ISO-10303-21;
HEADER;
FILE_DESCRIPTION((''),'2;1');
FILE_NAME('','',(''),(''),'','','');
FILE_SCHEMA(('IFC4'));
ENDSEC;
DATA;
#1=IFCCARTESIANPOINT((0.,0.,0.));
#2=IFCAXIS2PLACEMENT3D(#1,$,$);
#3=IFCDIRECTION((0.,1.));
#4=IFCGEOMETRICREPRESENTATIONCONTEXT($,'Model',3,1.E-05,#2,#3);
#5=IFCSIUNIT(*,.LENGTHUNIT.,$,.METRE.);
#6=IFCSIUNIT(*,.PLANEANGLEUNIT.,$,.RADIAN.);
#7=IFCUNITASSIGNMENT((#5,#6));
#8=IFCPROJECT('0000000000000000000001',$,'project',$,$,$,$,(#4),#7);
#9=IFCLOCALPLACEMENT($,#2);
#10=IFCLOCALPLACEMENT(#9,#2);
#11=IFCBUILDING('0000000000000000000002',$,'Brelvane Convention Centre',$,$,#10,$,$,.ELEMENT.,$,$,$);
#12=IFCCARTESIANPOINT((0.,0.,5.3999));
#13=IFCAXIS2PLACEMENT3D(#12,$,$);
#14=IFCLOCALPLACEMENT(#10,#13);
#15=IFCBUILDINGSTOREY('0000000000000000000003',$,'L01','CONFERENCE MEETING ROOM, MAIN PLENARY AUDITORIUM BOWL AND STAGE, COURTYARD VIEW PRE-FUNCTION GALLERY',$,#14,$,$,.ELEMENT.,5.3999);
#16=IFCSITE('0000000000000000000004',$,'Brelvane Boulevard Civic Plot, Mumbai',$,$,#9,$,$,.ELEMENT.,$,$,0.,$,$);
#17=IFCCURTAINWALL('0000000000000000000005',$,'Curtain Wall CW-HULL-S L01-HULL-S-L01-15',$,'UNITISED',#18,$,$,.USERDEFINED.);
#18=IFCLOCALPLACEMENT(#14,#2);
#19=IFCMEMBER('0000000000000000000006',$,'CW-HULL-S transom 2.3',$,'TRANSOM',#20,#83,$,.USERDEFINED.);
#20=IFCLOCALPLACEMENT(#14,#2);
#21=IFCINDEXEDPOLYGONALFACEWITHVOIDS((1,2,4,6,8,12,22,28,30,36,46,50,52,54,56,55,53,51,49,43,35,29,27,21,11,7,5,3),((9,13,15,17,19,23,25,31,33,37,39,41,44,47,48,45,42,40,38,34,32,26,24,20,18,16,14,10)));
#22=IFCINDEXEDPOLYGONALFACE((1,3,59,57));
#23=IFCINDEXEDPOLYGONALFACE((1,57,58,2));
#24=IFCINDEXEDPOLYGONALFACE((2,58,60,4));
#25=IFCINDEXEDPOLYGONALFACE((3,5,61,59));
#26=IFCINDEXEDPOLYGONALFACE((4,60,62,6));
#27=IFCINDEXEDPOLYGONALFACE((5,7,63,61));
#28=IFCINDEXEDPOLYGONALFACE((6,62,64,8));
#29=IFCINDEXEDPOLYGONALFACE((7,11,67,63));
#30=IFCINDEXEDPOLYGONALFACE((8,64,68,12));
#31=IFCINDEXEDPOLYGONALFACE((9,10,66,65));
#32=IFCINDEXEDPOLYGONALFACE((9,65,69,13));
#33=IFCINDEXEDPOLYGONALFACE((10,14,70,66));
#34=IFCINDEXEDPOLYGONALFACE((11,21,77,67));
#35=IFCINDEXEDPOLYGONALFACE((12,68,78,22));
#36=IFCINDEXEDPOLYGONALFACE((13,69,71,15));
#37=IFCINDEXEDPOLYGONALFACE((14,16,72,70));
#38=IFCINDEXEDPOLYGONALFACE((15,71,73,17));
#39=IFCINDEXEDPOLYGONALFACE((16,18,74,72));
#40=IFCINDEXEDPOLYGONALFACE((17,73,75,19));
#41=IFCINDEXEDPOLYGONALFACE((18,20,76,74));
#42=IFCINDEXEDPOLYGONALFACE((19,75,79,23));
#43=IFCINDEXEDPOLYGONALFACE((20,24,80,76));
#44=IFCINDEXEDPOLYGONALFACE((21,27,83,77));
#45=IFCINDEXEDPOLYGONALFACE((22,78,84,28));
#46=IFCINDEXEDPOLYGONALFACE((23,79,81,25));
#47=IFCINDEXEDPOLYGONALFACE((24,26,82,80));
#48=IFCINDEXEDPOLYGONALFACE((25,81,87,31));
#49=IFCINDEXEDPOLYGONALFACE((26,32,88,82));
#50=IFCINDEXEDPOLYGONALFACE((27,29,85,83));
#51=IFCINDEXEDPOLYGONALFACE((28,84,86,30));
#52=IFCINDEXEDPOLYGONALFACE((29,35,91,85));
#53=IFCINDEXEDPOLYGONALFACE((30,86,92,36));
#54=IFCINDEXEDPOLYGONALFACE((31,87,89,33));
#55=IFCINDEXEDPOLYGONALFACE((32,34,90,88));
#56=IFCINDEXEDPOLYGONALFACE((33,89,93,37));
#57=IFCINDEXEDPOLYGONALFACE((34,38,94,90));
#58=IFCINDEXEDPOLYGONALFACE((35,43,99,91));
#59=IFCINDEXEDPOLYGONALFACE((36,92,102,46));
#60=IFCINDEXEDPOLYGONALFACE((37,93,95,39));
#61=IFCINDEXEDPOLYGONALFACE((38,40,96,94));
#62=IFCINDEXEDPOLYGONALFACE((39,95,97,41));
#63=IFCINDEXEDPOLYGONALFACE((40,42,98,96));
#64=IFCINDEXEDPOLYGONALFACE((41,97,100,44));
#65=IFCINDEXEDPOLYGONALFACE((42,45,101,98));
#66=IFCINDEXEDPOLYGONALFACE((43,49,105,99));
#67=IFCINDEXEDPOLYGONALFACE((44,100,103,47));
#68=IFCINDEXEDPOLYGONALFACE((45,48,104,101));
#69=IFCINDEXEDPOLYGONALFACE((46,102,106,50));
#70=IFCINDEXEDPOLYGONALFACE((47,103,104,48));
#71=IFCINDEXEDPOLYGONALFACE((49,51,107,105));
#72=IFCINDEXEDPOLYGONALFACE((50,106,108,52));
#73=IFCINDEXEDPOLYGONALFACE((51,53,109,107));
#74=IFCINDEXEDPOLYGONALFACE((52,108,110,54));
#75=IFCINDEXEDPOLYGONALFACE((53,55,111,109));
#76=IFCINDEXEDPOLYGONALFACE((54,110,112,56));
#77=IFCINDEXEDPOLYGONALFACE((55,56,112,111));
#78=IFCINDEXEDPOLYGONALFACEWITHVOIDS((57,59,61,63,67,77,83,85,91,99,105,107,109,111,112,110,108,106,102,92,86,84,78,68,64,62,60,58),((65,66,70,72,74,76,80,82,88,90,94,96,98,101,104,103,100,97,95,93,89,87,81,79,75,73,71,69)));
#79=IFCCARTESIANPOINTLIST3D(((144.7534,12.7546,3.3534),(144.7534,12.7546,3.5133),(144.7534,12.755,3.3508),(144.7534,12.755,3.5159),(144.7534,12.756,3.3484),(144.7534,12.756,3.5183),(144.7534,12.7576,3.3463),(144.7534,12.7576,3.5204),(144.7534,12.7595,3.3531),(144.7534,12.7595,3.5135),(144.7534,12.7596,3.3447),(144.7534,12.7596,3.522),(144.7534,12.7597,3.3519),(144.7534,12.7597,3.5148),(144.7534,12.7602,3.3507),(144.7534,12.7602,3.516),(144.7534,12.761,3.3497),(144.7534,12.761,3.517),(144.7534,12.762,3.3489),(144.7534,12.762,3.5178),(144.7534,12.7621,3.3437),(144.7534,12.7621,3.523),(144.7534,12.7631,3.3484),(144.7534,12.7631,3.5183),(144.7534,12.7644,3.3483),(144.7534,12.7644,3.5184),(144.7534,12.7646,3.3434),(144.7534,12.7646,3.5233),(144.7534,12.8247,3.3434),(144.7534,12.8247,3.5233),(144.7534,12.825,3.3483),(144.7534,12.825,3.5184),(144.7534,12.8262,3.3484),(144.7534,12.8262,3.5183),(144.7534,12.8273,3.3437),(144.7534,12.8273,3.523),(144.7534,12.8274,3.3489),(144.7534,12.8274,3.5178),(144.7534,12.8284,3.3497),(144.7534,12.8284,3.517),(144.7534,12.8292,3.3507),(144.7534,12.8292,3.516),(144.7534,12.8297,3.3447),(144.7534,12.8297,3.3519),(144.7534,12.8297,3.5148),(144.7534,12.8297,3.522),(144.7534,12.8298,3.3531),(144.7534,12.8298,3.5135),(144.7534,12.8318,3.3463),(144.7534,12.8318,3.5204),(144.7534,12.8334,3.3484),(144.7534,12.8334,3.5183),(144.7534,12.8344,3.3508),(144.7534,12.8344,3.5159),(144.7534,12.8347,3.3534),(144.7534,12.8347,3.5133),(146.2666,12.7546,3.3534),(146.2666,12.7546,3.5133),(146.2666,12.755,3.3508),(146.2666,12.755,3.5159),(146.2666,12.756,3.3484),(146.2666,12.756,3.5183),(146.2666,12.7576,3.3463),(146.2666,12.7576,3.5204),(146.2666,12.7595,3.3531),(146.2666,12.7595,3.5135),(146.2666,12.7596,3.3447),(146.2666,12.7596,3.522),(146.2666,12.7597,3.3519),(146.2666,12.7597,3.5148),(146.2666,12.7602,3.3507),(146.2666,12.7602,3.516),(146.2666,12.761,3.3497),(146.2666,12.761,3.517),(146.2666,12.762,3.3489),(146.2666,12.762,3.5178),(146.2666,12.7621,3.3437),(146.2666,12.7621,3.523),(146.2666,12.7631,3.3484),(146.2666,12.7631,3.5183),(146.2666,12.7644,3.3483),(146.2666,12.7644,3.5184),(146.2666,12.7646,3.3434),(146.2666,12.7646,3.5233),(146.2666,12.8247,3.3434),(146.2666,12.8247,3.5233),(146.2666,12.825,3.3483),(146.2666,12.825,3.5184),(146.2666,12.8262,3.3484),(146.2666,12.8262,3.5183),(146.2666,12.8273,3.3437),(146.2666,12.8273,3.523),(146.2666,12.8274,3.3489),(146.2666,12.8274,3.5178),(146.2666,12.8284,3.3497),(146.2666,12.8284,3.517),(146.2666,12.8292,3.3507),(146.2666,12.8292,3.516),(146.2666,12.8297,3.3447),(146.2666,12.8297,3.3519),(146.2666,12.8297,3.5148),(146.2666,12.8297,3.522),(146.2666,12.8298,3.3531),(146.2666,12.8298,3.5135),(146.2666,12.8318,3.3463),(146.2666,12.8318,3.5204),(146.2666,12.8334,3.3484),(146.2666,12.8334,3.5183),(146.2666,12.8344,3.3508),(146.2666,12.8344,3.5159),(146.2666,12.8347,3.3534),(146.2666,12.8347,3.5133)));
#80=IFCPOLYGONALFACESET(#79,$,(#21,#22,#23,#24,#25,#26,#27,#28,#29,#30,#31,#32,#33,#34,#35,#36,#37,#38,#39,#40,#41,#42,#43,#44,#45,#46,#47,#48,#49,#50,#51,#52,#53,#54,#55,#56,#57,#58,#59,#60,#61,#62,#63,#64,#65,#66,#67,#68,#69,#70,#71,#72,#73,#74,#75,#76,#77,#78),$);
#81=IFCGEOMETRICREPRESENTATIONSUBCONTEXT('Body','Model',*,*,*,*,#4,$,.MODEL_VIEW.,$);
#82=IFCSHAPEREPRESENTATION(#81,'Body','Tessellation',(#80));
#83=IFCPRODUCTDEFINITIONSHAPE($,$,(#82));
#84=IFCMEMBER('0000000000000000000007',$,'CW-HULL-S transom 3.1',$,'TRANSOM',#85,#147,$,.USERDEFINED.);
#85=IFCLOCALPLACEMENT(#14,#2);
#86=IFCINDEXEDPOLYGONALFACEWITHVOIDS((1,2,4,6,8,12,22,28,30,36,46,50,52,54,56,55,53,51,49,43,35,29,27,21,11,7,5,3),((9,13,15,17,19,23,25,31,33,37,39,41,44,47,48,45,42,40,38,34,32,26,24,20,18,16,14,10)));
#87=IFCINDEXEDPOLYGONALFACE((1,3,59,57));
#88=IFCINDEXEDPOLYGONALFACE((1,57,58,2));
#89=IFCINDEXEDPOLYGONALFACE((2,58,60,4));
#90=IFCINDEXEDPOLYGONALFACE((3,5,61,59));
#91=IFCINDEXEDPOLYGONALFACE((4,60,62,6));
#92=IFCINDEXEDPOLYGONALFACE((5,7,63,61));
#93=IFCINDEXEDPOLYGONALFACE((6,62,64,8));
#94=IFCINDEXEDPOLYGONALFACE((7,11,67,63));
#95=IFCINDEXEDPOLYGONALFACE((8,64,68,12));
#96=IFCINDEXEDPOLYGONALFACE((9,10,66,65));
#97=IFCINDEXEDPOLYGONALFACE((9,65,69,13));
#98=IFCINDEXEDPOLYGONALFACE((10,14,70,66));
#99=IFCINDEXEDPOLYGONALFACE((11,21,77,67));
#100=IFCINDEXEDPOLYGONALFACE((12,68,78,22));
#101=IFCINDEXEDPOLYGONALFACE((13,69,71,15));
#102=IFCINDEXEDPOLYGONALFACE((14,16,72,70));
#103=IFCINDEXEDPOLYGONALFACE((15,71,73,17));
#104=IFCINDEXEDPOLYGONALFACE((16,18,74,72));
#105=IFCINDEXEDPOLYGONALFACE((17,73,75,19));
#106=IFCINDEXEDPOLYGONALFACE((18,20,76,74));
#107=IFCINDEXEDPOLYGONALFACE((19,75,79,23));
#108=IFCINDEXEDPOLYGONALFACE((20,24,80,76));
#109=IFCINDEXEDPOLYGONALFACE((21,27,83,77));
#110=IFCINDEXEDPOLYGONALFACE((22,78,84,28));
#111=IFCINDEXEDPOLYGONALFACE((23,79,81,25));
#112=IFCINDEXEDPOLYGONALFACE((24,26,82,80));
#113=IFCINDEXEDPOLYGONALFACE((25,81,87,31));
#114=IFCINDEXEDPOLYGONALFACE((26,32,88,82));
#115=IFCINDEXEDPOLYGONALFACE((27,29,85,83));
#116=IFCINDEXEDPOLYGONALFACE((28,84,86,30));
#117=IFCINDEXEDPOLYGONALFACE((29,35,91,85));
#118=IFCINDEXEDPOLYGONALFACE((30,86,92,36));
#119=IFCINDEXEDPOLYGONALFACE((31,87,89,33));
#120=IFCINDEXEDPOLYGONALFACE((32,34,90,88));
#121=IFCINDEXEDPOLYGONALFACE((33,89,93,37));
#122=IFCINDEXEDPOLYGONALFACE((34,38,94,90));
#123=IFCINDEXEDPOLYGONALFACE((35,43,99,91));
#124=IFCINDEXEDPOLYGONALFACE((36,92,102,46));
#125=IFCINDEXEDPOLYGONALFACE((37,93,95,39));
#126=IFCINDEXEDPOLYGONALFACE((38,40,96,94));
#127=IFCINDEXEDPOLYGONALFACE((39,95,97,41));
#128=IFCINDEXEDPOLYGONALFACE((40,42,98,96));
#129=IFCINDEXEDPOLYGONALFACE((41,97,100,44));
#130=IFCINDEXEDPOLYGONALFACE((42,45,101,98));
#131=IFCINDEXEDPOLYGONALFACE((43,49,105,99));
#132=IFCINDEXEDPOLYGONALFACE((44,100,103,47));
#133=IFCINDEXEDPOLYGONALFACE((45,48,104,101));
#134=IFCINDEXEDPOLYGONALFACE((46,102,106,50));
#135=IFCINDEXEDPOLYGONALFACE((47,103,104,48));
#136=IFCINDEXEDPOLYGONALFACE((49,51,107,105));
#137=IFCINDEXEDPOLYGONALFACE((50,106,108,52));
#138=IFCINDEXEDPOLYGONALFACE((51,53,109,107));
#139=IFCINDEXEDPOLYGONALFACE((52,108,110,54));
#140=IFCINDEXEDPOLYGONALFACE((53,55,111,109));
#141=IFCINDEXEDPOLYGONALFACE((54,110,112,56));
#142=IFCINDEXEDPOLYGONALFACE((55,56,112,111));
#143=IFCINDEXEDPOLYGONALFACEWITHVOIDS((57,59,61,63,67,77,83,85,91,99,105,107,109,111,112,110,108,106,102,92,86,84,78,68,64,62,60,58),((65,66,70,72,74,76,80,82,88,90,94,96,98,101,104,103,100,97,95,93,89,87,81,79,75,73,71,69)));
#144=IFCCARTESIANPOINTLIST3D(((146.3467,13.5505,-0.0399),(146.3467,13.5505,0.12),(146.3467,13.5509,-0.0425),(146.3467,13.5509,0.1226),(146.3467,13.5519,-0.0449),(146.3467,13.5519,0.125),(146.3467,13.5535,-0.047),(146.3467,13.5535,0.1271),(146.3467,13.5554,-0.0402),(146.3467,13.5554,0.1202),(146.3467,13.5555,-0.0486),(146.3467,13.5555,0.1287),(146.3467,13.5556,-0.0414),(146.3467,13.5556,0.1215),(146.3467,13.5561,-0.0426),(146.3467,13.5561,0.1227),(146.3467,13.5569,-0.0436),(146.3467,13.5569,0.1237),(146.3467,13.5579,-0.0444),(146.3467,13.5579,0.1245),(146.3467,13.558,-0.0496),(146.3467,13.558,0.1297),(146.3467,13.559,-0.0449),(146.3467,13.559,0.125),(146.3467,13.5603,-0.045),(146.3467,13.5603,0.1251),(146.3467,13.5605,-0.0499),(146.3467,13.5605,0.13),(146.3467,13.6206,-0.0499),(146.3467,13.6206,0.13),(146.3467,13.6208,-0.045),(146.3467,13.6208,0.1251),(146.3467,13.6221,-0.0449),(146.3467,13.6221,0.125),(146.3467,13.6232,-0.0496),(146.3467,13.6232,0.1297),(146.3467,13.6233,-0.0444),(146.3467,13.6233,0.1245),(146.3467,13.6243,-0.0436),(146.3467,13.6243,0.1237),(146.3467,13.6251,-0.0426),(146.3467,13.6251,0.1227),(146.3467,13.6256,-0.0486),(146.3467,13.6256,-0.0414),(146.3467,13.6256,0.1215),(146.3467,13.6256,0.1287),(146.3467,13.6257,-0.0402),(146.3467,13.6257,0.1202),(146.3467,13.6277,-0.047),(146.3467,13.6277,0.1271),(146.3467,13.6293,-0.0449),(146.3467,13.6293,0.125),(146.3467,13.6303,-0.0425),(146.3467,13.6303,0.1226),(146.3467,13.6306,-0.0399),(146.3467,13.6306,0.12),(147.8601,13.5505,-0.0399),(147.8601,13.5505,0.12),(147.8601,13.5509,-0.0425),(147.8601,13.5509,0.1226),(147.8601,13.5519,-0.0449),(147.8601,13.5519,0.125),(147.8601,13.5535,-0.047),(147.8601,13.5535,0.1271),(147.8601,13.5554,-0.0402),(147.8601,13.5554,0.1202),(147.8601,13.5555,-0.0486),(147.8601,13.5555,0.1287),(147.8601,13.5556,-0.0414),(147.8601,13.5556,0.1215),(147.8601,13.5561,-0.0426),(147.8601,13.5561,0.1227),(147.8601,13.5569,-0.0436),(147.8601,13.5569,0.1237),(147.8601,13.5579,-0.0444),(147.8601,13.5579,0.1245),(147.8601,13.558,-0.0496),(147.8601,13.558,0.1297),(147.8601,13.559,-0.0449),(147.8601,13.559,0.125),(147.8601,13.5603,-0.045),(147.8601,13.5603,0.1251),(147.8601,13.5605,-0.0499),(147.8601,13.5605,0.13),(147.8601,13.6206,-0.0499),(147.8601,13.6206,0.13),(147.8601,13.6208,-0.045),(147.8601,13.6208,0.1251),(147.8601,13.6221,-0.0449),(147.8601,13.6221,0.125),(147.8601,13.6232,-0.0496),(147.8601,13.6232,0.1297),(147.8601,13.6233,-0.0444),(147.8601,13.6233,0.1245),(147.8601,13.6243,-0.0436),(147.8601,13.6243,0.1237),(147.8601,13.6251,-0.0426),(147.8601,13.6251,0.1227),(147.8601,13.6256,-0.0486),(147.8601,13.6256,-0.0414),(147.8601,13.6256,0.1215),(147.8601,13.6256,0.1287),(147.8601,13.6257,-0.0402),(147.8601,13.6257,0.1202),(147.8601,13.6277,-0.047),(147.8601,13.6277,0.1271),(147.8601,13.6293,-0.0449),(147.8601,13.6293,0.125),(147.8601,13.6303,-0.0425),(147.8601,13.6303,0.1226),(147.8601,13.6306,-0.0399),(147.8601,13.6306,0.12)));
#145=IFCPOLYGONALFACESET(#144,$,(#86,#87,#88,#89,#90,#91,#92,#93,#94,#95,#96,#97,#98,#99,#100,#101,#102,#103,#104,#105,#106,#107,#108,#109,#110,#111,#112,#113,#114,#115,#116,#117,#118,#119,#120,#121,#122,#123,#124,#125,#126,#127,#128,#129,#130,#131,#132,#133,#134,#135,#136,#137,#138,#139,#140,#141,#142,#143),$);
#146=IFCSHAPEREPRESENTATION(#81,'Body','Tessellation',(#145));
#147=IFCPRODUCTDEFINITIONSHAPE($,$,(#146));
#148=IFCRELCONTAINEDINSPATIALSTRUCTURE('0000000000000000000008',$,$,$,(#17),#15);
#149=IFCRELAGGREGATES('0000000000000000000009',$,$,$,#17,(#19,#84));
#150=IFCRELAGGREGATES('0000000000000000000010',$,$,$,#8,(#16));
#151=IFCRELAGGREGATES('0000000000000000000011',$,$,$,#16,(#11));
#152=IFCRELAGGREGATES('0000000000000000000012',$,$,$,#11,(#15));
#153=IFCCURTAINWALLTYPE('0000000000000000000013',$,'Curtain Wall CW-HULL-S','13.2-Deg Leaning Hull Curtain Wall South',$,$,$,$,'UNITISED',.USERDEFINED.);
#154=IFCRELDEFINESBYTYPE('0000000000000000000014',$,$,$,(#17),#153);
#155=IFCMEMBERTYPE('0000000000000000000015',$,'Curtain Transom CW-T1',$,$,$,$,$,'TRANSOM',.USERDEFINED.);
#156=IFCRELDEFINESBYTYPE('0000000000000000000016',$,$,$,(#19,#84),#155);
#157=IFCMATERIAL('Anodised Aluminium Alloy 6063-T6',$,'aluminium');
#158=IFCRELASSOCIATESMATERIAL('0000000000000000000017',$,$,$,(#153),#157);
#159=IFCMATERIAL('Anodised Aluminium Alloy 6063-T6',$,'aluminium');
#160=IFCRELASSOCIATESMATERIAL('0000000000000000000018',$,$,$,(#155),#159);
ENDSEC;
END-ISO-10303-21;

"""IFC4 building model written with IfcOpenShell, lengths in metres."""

from ifc_helpers import new_model, si_unit, direction, frame, origin, origin_2d, place, context, subcontext, project, spatial, hollow_rectangle, extrude, material, material_profile, profile_set, type_object, element, aggregate, save


model = new_model("IFC4")

# Units and contexts
model_context = context("Model", 3, precision=1e-05, world=origin(), true_north=direction((0.0, 1.0)))
body_context = subcontext(model_context, "Body", "Model", "MODEL_VIEW")
ifc_project = project(units=[si_unit("LENGTHUNIT", "METRE"), si_unit("PLANEANGLEUNIT", "RADIAN")], contexts=[model_context])

# Site, building, storey
site_placement = place(None, origin())
site = spatial("IfcSite", under=ifc_project, at=site_placement, Name="Brelvane Boulevard Civic Plot, Mumbai", CompositionType="ELEMENT", RefElevation=0.0)
building_placement = place(site_placement, origin())
building = spatial("IfcBuilding", under=site, at=building_placement, Name="Brelvane Convention Centre", CompositionType="ELEMENT")
storey_placement = place(building_placement, frame((0.0, 0.0, 5.3999)))
storey = spatial("IfcBuildingStorey", under=building, at=storey_placement, Name="L01", Description="CONFERENCE MEETING ROOM, MAIN PLENARY AUDITORIUM BOWL AND STAGE, COURTYARD VIEW PRE-FUNCTION GALLERY", CompositionType="ELEMENT", Elevation=5.3999)

# Curtain wall, members
ifc_material_1 = material(Name="Anodised Aluminium Alloy 6063-T6", Category="aluminium")
curtain_wall_type = type_object("IfcCurtainWallType", Name="Curtain Wall CW-HULL-S", Description="13.2-Deg Leaning Hull Curtain Wall South", ElementType="UNITISED", PredefinedType="USERDEFINED", material=ifc_material_1)
curtain_wall_placement = place(storey_placement, origin())
curtain_wall = element("IfcCurtainWall", 1, at=curtain_wall_placement, inside=storey, type_object=curtain_wall_type, Name="Curtain Wall CW-HULL-S L01-HULL-S-L01-15", ObjectType="UNITISED", PredefinedType="USERDEFINED")
ifc_material_2 = material(Name="Anodised Aluminium Alloy 6063-T6", Category="aluminium")
ifc_material_profile = material_profile(ifc_material_2, hollow_rectangle(XDim=0.0801, YDim=0.1799, WallThickness=0.0049, InnerFilletRadius=0.0049, OuterFilletRadius=0.01, at=origin_2d()), Name="ALU-T 180x80x5.0")
ifc_profile_set = profile_set([ifc_material_profile], Name="Anodised Aluminium Alloy 6063-T6")
member_type = type_object("IfcMemberType", Name="Curtain Transom CW-T1", ElementType="TRANSOM", PredefinedType="USERDEFINED", material=ifc_profile_set)
member_1_placement = place(storey_placement, frame((144.7534, 12.7947, 3.4333), z_axis=(1.0, 0.0, 0.0), x_axis=(0.0, 1.0, 0.0)))
member_1 = element("IfcMember", 2, at=member_1_placement, type_object=member_type, Name="CW-HULL-S transom 2.3", ObjectType="TRANSOM", PredefinedType="USERDEFINED", context=body_context, shape_type="SweptSolid", body=[
    extrude(hollow_rectangle(XDim=0.0801, YDim=0.1799, WallThickness=0.0049, InnerFilletRadius=0.0049, OuterFilletRadius=0.01, at=origin_2d()), origin(), (0.0, 0.0, 1.0), 1.5132),
])
member_2_placement = place(storey_placement, frame((146.3467, 13.5906, 0.04), z_axis=(1.0, 0.0, 0.0), x_axis=(0.0, 1.0, 0.0)))
member_2 = element("IfcMember", 3, at=member_2_placement, type_object=member_type, Name="CW-HULL-S transom 3.1", ObjectType="TRANSOM", PredefinedType="USERDEFINED", context=body_context, shape_type="SweptSolid", body=[
    extrude(hollow_rectangle(XDim=0.0801, YDim=0.1799, WallThickness=0.0049, InnerFilletRadius=0.0049, OuterFilletRadius=0.01, at=origin_2d()), origin(), (0.0, 0.0, 1.0), 1.5134),
])
aggregate(curtain_wall, [member_1, member_2])

save(model, "model.ifc")
